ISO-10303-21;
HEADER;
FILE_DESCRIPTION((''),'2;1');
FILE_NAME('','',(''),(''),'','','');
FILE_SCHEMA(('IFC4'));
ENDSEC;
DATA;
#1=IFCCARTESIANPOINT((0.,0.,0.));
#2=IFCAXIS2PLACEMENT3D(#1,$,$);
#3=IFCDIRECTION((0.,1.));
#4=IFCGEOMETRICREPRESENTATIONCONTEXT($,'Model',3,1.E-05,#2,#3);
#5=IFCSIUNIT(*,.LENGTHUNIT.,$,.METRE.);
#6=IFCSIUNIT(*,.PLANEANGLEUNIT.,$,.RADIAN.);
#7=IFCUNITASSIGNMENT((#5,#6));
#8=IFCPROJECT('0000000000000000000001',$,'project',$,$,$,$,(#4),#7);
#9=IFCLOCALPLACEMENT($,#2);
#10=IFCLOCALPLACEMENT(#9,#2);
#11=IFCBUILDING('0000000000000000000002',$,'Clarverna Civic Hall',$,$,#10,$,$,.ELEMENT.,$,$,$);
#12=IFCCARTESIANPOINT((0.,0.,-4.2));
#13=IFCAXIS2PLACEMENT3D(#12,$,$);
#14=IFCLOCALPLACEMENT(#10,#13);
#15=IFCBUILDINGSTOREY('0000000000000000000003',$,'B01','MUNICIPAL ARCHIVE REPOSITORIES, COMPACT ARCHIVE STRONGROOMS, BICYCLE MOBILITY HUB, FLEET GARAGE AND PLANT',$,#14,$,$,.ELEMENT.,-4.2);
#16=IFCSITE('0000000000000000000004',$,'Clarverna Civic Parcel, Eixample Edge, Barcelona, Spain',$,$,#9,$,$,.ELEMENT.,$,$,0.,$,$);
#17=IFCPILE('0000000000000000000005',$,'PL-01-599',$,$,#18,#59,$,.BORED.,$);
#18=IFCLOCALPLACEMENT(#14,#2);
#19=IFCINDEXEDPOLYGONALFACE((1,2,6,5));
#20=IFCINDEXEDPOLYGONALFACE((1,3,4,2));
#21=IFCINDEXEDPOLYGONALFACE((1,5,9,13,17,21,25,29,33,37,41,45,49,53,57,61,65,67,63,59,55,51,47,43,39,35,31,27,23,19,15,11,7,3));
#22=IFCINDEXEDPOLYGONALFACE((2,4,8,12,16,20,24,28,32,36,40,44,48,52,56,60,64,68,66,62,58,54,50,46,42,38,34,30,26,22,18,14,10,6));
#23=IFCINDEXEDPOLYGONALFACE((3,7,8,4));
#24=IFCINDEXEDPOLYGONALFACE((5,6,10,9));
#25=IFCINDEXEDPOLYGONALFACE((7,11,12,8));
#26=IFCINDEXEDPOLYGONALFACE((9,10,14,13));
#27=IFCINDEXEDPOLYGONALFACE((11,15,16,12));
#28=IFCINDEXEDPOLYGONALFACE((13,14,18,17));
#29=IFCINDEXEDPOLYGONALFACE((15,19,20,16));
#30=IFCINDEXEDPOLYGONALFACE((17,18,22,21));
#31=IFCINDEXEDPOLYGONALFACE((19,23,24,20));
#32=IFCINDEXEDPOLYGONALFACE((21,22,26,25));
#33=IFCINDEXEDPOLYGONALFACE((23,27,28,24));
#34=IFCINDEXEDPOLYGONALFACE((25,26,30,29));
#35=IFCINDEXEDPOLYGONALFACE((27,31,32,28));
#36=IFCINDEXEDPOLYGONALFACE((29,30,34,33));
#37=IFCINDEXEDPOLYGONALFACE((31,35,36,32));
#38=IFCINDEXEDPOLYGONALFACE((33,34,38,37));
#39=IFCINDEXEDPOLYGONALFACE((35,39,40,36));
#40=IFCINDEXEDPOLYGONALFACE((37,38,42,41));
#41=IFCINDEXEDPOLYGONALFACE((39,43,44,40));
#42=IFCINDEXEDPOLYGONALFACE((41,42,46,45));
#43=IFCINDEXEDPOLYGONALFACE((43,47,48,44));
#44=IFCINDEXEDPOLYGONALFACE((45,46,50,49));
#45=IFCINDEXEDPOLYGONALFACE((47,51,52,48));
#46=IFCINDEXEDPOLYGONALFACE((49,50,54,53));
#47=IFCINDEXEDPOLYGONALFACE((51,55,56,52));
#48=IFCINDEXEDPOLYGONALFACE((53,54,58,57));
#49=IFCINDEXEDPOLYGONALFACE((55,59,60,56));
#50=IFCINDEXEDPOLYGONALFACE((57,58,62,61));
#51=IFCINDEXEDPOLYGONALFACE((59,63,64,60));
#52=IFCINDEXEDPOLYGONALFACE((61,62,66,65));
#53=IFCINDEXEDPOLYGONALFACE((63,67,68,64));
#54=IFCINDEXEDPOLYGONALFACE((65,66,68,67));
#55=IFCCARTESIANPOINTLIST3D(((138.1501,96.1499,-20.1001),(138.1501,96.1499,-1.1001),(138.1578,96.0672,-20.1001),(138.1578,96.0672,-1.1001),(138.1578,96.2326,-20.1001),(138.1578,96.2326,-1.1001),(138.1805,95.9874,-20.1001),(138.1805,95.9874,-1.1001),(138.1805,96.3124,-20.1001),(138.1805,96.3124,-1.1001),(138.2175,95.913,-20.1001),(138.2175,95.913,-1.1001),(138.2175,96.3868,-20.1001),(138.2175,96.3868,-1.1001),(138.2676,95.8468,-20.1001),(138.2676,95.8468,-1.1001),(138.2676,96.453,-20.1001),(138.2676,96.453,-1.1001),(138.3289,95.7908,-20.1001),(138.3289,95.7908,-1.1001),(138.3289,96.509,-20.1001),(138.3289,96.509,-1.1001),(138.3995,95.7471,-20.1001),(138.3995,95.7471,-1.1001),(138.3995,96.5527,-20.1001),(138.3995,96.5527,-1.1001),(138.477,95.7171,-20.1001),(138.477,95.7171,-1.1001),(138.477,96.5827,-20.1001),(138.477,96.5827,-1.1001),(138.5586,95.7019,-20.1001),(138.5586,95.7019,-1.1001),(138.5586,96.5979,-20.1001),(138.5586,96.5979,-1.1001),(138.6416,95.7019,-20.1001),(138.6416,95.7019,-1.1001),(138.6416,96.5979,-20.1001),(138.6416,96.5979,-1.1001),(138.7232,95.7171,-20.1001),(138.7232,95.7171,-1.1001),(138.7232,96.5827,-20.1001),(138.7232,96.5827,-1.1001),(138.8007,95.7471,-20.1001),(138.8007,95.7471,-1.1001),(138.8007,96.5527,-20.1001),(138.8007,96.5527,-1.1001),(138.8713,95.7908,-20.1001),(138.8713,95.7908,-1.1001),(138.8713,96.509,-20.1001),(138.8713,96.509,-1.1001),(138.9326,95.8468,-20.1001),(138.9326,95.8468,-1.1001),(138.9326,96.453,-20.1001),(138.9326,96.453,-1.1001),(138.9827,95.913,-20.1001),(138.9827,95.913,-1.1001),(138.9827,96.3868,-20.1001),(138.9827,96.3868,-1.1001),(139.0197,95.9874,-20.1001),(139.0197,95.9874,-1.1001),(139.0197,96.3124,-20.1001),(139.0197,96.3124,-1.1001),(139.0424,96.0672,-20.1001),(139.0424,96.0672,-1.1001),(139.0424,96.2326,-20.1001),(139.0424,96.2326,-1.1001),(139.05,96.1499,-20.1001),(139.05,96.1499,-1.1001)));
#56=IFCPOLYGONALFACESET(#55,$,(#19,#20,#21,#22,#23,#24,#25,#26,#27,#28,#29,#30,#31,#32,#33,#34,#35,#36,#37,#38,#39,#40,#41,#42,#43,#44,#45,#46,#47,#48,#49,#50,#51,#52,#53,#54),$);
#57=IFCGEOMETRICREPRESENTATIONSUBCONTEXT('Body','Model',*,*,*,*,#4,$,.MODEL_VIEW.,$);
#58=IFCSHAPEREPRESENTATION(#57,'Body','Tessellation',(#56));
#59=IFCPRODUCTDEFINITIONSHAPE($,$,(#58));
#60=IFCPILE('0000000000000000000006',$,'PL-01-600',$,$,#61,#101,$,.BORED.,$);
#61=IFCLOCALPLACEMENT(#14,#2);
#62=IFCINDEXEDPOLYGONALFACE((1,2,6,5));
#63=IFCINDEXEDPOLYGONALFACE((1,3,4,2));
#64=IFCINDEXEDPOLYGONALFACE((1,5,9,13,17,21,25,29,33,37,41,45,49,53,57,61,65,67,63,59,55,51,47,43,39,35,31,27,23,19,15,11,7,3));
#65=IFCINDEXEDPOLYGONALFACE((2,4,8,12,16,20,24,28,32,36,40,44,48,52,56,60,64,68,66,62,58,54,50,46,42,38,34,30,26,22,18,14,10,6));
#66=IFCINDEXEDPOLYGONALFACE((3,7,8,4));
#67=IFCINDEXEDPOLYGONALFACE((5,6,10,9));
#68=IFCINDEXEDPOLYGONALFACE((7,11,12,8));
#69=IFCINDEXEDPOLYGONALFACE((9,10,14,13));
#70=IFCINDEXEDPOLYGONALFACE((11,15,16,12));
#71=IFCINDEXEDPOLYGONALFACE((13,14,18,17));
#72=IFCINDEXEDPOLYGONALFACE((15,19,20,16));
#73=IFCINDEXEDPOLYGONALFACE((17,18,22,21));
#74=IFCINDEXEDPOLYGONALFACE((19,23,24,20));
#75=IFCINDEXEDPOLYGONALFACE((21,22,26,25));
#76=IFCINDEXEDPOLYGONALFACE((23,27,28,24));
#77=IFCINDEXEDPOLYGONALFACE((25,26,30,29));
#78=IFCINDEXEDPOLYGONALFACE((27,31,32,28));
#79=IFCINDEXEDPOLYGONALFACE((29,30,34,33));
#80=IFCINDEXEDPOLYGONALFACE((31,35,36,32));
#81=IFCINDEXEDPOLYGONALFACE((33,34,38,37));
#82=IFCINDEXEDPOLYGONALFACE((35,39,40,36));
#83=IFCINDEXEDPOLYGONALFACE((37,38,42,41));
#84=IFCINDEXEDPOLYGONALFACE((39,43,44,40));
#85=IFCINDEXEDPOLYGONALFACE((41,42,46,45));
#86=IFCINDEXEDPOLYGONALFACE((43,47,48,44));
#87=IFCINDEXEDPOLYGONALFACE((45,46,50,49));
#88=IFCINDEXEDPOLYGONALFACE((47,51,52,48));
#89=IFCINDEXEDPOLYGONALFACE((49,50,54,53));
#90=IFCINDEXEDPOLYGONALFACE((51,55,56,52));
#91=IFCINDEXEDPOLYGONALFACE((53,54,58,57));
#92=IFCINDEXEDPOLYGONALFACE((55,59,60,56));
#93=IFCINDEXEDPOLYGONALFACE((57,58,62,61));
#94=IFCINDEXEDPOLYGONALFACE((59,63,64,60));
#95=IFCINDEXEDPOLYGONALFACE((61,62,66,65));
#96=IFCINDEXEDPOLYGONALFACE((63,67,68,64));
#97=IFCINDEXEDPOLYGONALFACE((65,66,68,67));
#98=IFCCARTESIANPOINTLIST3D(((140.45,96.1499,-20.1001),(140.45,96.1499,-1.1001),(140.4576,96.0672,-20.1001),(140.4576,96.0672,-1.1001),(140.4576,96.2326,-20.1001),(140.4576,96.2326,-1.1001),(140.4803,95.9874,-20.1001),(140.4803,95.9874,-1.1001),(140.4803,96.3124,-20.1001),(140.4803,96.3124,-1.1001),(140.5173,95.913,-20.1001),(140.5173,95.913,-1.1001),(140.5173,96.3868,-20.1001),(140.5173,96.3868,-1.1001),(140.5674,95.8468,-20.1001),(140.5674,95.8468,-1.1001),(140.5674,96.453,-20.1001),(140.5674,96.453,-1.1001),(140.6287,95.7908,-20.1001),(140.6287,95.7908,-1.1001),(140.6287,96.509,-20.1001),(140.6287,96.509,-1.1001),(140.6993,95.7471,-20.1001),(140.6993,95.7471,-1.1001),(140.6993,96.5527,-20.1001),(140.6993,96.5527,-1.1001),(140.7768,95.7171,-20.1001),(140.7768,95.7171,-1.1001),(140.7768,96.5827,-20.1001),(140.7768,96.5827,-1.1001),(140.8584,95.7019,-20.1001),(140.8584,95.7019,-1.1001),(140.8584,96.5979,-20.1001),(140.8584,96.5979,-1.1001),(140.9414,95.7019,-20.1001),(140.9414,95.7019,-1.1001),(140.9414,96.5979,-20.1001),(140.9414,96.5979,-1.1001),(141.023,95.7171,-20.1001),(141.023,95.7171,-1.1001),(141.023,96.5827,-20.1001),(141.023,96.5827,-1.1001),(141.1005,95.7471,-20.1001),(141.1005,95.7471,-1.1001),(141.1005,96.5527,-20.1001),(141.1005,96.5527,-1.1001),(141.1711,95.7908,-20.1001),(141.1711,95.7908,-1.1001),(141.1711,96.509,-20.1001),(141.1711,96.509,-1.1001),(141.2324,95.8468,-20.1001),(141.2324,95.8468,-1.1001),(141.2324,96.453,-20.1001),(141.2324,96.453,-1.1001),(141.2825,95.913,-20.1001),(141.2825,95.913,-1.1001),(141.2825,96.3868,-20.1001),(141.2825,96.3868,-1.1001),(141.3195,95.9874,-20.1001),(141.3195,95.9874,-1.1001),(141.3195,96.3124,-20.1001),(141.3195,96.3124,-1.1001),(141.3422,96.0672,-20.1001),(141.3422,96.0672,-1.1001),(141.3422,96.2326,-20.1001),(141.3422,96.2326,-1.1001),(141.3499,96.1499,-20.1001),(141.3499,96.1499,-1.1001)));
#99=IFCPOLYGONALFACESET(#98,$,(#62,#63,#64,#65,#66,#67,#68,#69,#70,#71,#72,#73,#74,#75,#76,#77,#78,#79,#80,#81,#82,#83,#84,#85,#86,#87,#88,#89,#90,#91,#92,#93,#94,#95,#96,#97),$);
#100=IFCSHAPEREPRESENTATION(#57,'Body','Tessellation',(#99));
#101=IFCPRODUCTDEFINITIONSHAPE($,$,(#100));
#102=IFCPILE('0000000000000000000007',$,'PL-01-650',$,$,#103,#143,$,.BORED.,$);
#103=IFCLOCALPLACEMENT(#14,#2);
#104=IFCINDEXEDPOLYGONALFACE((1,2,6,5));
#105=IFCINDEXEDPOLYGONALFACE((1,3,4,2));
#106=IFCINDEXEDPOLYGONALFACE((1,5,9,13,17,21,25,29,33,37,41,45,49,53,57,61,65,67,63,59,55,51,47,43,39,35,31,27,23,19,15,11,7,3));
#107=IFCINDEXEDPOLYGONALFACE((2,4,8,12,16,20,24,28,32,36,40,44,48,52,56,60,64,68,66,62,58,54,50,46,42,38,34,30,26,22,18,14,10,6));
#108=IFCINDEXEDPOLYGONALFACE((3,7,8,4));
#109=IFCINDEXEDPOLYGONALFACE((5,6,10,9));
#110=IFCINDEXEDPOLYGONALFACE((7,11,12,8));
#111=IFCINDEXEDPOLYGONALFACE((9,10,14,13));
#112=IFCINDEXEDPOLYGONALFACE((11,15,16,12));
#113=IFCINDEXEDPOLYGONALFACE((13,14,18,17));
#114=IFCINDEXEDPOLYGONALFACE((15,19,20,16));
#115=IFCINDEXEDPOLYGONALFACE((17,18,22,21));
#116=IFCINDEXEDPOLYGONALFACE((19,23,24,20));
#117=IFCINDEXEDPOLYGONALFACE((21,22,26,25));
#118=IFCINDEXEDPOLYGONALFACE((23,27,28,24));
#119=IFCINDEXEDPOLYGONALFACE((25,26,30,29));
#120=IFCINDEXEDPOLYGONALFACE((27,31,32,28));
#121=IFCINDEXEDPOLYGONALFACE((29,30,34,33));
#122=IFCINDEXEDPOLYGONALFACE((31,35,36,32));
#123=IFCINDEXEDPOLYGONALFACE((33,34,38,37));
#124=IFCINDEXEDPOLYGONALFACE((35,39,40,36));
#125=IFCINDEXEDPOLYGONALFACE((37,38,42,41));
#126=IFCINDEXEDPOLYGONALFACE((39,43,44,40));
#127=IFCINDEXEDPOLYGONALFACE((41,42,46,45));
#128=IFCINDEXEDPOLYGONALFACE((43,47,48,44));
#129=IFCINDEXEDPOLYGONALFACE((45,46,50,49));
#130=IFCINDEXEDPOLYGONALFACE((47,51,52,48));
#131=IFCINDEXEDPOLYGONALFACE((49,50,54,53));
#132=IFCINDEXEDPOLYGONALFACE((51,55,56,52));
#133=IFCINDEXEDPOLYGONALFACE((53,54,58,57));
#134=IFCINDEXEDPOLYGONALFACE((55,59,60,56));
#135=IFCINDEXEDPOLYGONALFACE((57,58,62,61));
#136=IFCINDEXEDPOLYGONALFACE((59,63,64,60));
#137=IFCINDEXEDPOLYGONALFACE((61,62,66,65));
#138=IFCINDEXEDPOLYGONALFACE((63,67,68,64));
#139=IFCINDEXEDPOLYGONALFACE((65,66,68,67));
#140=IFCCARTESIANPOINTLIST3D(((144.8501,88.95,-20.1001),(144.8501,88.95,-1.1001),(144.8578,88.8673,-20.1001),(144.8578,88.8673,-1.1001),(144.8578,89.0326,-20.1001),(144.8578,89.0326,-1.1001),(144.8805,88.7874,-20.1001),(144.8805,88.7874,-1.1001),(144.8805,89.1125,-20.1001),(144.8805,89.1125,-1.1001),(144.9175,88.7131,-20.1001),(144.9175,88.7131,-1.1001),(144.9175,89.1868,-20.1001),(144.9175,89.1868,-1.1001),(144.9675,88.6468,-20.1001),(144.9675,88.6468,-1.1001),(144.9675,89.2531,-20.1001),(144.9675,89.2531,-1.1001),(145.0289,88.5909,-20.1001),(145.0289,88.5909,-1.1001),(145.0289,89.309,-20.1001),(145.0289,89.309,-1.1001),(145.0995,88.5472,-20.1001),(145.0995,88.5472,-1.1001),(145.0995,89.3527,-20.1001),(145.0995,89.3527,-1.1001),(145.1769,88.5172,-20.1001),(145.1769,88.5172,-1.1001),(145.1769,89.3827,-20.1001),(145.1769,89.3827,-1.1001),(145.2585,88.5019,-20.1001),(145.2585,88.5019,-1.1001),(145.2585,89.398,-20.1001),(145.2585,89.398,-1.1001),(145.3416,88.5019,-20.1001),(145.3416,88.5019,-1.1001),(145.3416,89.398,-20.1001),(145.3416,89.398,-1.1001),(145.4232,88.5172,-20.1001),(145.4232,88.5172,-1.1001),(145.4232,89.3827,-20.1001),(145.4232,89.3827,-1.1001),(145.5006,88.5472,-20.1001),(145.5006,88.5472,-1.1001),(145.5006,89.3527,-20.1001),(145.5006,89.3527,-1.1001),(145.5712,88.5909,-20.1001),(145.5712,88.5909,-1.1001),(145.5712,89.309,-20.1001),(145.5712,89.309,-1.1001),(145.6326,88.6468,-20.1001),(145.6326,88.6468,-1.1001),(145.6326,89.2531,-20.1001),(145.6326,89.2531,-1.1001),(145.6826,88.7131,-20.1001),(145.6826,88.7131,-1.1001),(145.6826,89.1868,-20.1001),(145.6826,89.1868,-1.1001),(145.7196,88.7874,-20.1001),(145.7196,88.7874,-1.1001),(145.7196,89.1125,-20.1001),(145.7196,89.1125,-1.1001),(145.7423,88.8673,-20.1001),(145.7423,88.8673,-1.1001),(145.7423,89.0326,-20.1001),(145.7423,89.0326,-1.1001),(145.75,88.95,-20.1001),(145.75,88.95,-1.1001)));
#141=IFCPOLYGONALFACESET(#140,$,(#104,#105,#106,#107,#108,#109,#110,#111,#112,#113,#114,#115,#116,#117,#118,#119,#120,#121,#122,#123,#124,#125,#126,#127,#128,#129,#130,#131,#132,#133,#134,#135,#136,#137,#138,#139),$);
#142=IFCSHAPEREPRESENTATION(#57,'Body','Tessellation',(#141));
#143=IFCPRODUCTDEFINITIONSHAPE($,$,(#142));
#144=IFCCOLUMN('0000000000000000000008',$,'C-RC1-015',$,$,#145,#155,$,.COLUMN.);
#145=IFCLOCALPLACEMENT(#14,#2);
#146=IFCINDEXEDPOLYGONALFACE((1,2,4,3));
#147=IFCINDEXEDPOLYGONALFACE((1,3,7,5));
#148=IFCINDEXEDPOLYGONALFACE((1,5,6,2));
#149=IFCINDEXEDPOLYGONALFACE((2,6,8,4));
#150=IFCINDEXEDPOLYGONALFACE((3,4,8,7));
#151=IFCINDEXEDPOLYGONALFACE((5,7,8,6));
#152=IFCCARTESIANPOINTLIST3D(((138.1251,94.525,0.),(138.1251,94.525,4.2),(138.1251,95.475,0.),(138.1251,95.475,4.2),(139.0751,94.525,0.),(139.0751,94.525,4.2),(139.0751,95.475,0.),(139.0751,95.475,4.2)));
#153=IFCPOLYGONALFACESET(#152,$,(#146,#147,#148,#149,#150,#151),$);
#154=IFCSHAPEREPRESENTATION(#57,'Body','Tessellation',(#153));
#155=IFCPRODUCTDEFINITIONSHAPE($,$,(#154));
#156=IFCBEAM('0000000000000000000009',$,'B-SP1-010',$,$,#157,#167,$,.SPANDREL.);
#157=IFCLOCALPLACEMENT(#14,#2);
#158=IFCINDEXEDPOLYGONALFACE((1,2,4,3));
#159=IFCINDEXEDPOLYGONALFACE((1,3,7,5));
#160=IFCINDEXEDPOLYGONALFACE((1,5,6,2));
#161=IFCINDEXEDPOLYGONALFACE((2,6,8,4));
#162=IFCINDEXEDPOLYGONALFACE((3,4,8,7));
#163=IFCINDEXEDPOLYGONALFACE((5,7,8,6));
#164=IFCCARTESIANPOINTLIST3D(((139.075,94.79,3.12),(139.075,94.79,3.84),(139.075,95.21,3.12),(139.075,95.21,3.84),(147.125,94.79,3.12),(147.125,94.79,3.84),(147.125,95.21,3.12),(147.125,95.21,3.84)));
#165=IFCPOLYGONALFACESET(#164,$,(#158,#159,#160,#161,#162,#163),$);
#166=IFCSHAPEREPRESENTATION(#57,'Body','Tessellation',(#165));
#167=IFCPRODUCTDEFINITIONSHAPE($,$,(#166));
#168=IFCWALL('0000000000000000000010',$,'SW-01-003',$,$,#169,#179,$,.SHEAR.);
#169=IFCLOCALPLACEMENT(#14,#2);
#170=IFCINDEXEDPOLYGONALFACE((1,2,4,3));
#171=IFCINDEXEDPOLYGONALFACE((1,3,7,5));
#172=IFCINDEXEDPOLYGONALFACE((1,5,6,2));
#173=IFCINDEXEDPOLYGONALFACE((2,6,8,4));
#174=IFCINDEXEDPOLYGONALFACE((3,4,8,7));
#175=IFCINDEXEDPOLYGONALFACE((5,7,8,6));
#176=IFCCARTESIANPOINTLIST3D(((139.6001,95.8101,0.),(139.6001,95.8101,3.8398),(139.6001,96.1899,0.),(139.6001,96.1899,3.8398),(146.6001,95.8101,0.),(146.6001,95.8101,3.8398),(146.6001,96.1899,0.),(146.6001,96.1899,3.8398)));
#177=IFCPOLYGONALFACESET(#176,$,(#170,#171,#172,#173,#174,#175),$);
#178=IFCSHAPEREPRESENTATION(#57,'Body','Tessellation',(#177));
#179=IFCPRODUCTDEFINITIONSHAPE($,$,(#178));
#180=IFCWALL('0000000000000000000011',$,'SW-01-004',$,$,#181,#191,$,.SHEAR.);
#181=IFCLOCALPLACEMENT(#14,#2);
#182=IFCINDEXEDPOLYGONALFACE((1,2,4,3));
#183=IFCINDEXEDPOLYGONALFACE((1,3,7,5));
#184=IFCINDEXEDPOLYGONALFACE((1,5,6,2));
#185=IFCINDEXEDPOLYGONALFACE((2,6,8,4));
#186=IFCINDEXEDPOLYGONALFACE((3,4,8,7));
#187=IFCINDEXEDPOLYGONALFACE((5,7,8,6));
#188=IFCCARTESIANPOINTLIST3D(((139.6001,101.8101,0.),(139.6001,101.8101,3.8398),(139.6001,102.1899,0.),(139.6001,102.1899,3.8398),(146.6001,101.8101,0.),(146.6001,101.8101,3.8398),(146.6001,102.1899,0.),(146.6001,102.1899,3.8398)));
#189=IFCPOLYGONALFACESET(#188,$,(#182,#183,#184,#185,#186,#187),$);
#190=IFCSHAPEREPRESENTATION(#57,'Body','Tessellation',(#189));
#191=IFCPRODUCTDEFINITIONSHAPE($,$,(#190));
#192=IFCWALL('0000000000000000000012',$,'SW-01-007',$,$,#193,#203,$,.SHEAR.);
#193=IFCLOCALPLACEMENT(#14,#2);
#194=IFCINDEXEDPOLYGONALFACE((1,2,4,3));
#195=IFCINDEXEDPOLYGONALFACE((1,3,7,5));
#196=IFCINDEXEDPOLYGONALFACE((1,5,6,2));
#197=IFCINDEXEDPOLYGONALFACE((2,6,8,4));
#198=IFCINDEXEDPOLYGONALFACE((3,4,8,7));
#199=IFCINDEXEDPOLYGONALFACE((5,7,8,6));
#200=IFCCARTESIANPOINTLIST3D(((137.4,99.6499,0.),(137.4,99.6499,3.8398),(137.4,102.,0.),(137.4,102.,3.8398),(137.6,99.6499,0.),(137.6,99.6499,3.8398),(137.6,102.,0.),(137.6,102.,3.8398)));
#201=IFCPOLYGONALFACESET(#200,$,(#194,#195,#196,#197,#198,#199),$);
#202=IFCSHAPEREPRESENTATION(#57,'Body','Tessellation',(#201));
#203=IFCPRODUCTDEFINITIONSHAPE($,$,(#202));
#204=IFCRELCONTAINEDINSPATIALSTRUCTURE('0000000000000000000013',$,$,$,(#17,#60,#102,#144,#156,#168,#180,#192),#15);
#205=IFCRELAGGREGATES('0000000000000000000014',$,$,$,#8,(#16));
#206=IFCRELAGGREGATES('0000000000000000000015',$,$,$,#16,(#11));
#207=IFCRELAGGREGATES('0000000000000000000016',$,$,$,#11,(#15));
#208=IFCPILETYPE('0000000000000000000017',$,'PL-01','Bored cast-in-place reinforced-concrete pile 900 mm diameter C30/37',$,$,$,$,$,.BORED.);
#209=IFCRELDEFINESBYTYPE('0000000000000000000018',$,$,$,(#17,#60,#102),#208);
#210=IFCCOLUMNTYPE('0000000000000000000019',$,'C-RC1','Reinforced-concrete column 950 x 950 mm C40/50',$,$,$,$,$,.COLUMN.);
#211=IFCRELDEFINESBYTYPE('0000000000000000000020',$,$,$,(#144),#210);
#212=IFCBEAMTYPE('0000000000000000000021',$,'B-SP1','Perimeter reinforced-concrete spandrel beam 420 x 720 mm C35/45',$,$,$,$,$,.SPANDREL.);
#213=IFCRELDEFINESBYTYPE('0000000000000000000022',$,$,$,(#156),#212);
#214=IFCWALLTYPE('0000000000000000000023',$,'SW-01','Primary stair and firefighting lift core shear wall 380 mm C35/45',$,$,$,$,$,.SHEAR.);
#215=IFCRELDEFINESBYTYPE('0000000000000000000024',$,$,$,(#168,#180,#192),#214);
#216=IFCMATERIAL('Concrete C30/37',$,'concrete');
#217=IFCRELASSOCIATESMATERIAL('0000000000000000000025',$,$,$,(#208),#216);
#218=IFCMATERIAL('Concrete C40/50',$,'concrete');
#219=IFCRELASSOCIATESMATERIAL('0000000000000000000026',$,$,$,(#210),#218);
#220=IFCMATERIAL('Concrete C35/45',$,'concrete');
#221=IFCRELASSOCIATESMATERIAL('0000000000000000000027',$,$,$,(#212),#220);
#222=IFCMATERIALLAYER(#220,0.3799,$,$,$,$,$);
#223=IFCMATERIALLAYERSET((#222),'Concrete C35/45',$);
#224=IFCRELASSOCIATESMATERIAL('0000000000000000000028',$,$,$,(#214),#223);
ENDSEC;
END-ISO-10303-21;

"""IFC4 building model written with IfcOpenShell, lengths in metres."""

from ifc_helpers import new_model, si_unit, direction, frame, frame_2d, origin, origin_2d, place, context, subcontext, project, spatial, rectangle, circle, extrude, material, layer, layer_set, material_profile, profile_set, type_object, element, save


model = new_model("IFC4")

# Units and contexts
model_context = context("Model", 3, precision=1e-05, world=origin(), true_north=direction((0.0, 1.0)))
body_context = subcontext(model_context, "Body", "Model", "MODEL_VIEW")
ifc_project = project(units=[si_unit("LENGTHUNIT", "METRE"), si_unit("PLANEANGLEUNIT", "RADIAN")], contexts=[model_context])

# Site, building, storey
site_placement = place(None, origin())
site = spatial("IfcSite", under=ifc_project, at=site_placement, Name="Clarverna Civic Parcel, Eixample Edge, Barcelona, Spain", CompositionType="ELEMENT", RefElevation=0.0)
building_placement = place(site_placement, origin())
building = spatial("IfcBuilding", under=site, at=building_placement, Name="Clarverna Civic Hall", CompositionType="ELEMENT")
storey_placement = place(building_placement, frame((0.0, 0.0, -4.2)))
storey = spatial("IfcBuildingStorey", under=building, at=storey_placement, Name="B01", Description="MUNICIPAL ARCHIVE REPOSITORIES, COMPACT ARCHIVE STRONGROOMS, BICYCLE MOBILITY HUB, FLEET GARAGE AND PLANT", CompositionType="ELEMENT", Elevation=-4.2)

# Shared definitions
ifc_material_1 = material(Name="Concrete C30/37", Category="concrete")

# Piles
ifc_material_profile_1 = material_profile(ifc_material_1, circle(Radius=0.45, at=origin_2d()), Name="BORED PILE D900")
ifc_profile_set_1 = profile_set([ifc_material_profile_1], Name="Concrete C30/37")
pile_type = type_object("IfcPileType", Name="PL-01", Description="Bored cast-in-place reinforced-concrete pile 900 mm diameter C30/37", PredefinedType="BORED", material=ifc_profile_set_1)
for number, where, z_axis, x_axis, name in (
    (1, (138.6001, 96.1499, -1.1001), (0.0, 0.0, -1.0), (1.0, 0.0, 0.0), "PL-01-599"),
    (2, (140.8999, 96.1499, -1.1001), (0.0, 0.0, -1.0), (1.0, 0.0, 0.0), "PL-01-600"),
    (3, (145.3, 88.95, -1.1001), (0.0, 0.0, -1.0), (1.0, 0.0, 0.0), "PL-01-650"),
):
    element("IfcPile", number, at=place(storey_placement, frame(where, z_axis=z_axis, x_axis=x_axis)), inside=storey, type_object=pile_type, Name=name, PredefinedType="BORED", context=body_context, shape_type="SweptSolid", body=[
        extrude(circle(Radius=0.45, at=origin_2d()), origin(), (0.0, 0.0, 1.0), 19.0),
    ])

# Column
ifc_material_2 = material(Name="Concrete C40/50", Category="concrete")
ifc_material_profile_2 = material_profile(ifc_material_2, rectangle(XDim=0.95, YDim=0.95, at=origin_2d()), Name="RC 950x950")
ifc_profile_set_2 = profile_set([ifc_material_profile_2], Name="Concrete C40/50")
column_type = type_object("IfcColumnType", Name="C-RC1", Description="Reinforced-concrete column 950 x 950 mm C40/50", PredefinedType="COLUMN", material=ifc_profile_set_2)
column_placement = place(storey_placement, frame((138.6001, 95.0, 0.0), z_axis=(0.0, 0.0, 1.0), x_axis=(1.0, 0.0, 0.0)))
element("IfcColumn", 4, at=column_placement, inside=storey, type_object=column_type, Name="C-RC1-015", PredefinedType="COLUMN", context=body_context, shape_type="SweptSolid", body=[
    extrude(rectangle(XDim=0.95, YDim=0.95, at=origin_2d()), origin(), (0.0, 0.0, 1.0), 4.2),
])

# Beam
ifc_material_3 = material(Name="Concrete C35/45", Category="concrete")
ifc_material_profile_3 = material_profile(ifc_material_3, rectangle(XDim=0.4199, YDim=0.72, at=origin_2d()), Name="RC 420x720")
ifc_profile_set_3 = profile_set([ifc_material_profile_3], Name="Concrete C35/45")
beam_type = type_object("IfcBeamType", Name="B-SP1", Description="Perimeter reinforced-concrete spandrel beam 420 x 720 mm C35/45", PredefinedType="SPANDREL", material=ifc_profile_set_3)
beam_placement = place(storey_placement, frame((139.075, 95.0, 3.48), z_axis=(1.0, 0.0, 0.0), x_axis=(0.0, 1.0, 0.0)))
element("IfcBeam", 5, at=beam_placement, inside=storey, type_object=beam_type, Name="B-SP1-010", PredefinedType="SPANDREL", context=body_context, shape_type="SweptSolid", body=[
    extrude(rectangle(XDim=0.4199, YDim=0.72, at=origin_2d()), origin(), (0.0, 0.0, 1.0), 8.05),
])

# Shared definitions
ifc_layer = layer(ifc_material_3, 0.3799)
ifc_layer_set = layer_set([ifc_layer], Name="Concrete C35/45")
wall_type = type_object("IfcWallType", Name="SW-01", Description="Primary stair and firefighting lift core shear wall 380 mm C35/45", PredefinedType="SHEAR", material=ifc_layer_set)

# Walls
for number, where, z_axis, x_axis, name in (
    (6, (139.6001, 96.0, 0.0), (0.0, 0.0, 1.0), (1.0, 0.0, 0.0), "SW-01-003"),
    (7, (139.6001, 102.0, 0.0), (0.0, 0.0, 1.0), (1.0, 0.0, 0.0), "SW-01-004"),
):
    element("IfcWall", number, at=place(storey_placement, frame(where, z_axis=z_axis, x_axis=x_axis)), inside=storey, type_object=wall_type, Name=name, PredefinedType="SHEAR", context=body_context, shape_type="SweptSolid", body=[
        extrude(rectangle(XDim=7.0, YDim=0.3799, at=frame_2d((3.5, 0.0))), origin(), (0.0, 0.0, 1.0), 3.8398),
    ])
wall_1_placement = place(storey_placement, frame((137.5, 99.6499, 0.0), z_axis=(0.0, 0.0, 1.0), x_axis=(0.0, 1.0, 0.0)))
element("IfcWall", 8, at=wall_1_placement, inside=storey, type_object=wall_type, Name="SW-01-007", PredefinedType="SHEAR", context=body_context, shape_type="SweptSolid", body=[
    extrude(rectangle(XDim=2.3501, YDim=0.2, at=frame_2d((1.175, 0.0))), origin(), (0.0, 0.0, 1.0), 3.8398),
])

save(model, "model.ifc")
